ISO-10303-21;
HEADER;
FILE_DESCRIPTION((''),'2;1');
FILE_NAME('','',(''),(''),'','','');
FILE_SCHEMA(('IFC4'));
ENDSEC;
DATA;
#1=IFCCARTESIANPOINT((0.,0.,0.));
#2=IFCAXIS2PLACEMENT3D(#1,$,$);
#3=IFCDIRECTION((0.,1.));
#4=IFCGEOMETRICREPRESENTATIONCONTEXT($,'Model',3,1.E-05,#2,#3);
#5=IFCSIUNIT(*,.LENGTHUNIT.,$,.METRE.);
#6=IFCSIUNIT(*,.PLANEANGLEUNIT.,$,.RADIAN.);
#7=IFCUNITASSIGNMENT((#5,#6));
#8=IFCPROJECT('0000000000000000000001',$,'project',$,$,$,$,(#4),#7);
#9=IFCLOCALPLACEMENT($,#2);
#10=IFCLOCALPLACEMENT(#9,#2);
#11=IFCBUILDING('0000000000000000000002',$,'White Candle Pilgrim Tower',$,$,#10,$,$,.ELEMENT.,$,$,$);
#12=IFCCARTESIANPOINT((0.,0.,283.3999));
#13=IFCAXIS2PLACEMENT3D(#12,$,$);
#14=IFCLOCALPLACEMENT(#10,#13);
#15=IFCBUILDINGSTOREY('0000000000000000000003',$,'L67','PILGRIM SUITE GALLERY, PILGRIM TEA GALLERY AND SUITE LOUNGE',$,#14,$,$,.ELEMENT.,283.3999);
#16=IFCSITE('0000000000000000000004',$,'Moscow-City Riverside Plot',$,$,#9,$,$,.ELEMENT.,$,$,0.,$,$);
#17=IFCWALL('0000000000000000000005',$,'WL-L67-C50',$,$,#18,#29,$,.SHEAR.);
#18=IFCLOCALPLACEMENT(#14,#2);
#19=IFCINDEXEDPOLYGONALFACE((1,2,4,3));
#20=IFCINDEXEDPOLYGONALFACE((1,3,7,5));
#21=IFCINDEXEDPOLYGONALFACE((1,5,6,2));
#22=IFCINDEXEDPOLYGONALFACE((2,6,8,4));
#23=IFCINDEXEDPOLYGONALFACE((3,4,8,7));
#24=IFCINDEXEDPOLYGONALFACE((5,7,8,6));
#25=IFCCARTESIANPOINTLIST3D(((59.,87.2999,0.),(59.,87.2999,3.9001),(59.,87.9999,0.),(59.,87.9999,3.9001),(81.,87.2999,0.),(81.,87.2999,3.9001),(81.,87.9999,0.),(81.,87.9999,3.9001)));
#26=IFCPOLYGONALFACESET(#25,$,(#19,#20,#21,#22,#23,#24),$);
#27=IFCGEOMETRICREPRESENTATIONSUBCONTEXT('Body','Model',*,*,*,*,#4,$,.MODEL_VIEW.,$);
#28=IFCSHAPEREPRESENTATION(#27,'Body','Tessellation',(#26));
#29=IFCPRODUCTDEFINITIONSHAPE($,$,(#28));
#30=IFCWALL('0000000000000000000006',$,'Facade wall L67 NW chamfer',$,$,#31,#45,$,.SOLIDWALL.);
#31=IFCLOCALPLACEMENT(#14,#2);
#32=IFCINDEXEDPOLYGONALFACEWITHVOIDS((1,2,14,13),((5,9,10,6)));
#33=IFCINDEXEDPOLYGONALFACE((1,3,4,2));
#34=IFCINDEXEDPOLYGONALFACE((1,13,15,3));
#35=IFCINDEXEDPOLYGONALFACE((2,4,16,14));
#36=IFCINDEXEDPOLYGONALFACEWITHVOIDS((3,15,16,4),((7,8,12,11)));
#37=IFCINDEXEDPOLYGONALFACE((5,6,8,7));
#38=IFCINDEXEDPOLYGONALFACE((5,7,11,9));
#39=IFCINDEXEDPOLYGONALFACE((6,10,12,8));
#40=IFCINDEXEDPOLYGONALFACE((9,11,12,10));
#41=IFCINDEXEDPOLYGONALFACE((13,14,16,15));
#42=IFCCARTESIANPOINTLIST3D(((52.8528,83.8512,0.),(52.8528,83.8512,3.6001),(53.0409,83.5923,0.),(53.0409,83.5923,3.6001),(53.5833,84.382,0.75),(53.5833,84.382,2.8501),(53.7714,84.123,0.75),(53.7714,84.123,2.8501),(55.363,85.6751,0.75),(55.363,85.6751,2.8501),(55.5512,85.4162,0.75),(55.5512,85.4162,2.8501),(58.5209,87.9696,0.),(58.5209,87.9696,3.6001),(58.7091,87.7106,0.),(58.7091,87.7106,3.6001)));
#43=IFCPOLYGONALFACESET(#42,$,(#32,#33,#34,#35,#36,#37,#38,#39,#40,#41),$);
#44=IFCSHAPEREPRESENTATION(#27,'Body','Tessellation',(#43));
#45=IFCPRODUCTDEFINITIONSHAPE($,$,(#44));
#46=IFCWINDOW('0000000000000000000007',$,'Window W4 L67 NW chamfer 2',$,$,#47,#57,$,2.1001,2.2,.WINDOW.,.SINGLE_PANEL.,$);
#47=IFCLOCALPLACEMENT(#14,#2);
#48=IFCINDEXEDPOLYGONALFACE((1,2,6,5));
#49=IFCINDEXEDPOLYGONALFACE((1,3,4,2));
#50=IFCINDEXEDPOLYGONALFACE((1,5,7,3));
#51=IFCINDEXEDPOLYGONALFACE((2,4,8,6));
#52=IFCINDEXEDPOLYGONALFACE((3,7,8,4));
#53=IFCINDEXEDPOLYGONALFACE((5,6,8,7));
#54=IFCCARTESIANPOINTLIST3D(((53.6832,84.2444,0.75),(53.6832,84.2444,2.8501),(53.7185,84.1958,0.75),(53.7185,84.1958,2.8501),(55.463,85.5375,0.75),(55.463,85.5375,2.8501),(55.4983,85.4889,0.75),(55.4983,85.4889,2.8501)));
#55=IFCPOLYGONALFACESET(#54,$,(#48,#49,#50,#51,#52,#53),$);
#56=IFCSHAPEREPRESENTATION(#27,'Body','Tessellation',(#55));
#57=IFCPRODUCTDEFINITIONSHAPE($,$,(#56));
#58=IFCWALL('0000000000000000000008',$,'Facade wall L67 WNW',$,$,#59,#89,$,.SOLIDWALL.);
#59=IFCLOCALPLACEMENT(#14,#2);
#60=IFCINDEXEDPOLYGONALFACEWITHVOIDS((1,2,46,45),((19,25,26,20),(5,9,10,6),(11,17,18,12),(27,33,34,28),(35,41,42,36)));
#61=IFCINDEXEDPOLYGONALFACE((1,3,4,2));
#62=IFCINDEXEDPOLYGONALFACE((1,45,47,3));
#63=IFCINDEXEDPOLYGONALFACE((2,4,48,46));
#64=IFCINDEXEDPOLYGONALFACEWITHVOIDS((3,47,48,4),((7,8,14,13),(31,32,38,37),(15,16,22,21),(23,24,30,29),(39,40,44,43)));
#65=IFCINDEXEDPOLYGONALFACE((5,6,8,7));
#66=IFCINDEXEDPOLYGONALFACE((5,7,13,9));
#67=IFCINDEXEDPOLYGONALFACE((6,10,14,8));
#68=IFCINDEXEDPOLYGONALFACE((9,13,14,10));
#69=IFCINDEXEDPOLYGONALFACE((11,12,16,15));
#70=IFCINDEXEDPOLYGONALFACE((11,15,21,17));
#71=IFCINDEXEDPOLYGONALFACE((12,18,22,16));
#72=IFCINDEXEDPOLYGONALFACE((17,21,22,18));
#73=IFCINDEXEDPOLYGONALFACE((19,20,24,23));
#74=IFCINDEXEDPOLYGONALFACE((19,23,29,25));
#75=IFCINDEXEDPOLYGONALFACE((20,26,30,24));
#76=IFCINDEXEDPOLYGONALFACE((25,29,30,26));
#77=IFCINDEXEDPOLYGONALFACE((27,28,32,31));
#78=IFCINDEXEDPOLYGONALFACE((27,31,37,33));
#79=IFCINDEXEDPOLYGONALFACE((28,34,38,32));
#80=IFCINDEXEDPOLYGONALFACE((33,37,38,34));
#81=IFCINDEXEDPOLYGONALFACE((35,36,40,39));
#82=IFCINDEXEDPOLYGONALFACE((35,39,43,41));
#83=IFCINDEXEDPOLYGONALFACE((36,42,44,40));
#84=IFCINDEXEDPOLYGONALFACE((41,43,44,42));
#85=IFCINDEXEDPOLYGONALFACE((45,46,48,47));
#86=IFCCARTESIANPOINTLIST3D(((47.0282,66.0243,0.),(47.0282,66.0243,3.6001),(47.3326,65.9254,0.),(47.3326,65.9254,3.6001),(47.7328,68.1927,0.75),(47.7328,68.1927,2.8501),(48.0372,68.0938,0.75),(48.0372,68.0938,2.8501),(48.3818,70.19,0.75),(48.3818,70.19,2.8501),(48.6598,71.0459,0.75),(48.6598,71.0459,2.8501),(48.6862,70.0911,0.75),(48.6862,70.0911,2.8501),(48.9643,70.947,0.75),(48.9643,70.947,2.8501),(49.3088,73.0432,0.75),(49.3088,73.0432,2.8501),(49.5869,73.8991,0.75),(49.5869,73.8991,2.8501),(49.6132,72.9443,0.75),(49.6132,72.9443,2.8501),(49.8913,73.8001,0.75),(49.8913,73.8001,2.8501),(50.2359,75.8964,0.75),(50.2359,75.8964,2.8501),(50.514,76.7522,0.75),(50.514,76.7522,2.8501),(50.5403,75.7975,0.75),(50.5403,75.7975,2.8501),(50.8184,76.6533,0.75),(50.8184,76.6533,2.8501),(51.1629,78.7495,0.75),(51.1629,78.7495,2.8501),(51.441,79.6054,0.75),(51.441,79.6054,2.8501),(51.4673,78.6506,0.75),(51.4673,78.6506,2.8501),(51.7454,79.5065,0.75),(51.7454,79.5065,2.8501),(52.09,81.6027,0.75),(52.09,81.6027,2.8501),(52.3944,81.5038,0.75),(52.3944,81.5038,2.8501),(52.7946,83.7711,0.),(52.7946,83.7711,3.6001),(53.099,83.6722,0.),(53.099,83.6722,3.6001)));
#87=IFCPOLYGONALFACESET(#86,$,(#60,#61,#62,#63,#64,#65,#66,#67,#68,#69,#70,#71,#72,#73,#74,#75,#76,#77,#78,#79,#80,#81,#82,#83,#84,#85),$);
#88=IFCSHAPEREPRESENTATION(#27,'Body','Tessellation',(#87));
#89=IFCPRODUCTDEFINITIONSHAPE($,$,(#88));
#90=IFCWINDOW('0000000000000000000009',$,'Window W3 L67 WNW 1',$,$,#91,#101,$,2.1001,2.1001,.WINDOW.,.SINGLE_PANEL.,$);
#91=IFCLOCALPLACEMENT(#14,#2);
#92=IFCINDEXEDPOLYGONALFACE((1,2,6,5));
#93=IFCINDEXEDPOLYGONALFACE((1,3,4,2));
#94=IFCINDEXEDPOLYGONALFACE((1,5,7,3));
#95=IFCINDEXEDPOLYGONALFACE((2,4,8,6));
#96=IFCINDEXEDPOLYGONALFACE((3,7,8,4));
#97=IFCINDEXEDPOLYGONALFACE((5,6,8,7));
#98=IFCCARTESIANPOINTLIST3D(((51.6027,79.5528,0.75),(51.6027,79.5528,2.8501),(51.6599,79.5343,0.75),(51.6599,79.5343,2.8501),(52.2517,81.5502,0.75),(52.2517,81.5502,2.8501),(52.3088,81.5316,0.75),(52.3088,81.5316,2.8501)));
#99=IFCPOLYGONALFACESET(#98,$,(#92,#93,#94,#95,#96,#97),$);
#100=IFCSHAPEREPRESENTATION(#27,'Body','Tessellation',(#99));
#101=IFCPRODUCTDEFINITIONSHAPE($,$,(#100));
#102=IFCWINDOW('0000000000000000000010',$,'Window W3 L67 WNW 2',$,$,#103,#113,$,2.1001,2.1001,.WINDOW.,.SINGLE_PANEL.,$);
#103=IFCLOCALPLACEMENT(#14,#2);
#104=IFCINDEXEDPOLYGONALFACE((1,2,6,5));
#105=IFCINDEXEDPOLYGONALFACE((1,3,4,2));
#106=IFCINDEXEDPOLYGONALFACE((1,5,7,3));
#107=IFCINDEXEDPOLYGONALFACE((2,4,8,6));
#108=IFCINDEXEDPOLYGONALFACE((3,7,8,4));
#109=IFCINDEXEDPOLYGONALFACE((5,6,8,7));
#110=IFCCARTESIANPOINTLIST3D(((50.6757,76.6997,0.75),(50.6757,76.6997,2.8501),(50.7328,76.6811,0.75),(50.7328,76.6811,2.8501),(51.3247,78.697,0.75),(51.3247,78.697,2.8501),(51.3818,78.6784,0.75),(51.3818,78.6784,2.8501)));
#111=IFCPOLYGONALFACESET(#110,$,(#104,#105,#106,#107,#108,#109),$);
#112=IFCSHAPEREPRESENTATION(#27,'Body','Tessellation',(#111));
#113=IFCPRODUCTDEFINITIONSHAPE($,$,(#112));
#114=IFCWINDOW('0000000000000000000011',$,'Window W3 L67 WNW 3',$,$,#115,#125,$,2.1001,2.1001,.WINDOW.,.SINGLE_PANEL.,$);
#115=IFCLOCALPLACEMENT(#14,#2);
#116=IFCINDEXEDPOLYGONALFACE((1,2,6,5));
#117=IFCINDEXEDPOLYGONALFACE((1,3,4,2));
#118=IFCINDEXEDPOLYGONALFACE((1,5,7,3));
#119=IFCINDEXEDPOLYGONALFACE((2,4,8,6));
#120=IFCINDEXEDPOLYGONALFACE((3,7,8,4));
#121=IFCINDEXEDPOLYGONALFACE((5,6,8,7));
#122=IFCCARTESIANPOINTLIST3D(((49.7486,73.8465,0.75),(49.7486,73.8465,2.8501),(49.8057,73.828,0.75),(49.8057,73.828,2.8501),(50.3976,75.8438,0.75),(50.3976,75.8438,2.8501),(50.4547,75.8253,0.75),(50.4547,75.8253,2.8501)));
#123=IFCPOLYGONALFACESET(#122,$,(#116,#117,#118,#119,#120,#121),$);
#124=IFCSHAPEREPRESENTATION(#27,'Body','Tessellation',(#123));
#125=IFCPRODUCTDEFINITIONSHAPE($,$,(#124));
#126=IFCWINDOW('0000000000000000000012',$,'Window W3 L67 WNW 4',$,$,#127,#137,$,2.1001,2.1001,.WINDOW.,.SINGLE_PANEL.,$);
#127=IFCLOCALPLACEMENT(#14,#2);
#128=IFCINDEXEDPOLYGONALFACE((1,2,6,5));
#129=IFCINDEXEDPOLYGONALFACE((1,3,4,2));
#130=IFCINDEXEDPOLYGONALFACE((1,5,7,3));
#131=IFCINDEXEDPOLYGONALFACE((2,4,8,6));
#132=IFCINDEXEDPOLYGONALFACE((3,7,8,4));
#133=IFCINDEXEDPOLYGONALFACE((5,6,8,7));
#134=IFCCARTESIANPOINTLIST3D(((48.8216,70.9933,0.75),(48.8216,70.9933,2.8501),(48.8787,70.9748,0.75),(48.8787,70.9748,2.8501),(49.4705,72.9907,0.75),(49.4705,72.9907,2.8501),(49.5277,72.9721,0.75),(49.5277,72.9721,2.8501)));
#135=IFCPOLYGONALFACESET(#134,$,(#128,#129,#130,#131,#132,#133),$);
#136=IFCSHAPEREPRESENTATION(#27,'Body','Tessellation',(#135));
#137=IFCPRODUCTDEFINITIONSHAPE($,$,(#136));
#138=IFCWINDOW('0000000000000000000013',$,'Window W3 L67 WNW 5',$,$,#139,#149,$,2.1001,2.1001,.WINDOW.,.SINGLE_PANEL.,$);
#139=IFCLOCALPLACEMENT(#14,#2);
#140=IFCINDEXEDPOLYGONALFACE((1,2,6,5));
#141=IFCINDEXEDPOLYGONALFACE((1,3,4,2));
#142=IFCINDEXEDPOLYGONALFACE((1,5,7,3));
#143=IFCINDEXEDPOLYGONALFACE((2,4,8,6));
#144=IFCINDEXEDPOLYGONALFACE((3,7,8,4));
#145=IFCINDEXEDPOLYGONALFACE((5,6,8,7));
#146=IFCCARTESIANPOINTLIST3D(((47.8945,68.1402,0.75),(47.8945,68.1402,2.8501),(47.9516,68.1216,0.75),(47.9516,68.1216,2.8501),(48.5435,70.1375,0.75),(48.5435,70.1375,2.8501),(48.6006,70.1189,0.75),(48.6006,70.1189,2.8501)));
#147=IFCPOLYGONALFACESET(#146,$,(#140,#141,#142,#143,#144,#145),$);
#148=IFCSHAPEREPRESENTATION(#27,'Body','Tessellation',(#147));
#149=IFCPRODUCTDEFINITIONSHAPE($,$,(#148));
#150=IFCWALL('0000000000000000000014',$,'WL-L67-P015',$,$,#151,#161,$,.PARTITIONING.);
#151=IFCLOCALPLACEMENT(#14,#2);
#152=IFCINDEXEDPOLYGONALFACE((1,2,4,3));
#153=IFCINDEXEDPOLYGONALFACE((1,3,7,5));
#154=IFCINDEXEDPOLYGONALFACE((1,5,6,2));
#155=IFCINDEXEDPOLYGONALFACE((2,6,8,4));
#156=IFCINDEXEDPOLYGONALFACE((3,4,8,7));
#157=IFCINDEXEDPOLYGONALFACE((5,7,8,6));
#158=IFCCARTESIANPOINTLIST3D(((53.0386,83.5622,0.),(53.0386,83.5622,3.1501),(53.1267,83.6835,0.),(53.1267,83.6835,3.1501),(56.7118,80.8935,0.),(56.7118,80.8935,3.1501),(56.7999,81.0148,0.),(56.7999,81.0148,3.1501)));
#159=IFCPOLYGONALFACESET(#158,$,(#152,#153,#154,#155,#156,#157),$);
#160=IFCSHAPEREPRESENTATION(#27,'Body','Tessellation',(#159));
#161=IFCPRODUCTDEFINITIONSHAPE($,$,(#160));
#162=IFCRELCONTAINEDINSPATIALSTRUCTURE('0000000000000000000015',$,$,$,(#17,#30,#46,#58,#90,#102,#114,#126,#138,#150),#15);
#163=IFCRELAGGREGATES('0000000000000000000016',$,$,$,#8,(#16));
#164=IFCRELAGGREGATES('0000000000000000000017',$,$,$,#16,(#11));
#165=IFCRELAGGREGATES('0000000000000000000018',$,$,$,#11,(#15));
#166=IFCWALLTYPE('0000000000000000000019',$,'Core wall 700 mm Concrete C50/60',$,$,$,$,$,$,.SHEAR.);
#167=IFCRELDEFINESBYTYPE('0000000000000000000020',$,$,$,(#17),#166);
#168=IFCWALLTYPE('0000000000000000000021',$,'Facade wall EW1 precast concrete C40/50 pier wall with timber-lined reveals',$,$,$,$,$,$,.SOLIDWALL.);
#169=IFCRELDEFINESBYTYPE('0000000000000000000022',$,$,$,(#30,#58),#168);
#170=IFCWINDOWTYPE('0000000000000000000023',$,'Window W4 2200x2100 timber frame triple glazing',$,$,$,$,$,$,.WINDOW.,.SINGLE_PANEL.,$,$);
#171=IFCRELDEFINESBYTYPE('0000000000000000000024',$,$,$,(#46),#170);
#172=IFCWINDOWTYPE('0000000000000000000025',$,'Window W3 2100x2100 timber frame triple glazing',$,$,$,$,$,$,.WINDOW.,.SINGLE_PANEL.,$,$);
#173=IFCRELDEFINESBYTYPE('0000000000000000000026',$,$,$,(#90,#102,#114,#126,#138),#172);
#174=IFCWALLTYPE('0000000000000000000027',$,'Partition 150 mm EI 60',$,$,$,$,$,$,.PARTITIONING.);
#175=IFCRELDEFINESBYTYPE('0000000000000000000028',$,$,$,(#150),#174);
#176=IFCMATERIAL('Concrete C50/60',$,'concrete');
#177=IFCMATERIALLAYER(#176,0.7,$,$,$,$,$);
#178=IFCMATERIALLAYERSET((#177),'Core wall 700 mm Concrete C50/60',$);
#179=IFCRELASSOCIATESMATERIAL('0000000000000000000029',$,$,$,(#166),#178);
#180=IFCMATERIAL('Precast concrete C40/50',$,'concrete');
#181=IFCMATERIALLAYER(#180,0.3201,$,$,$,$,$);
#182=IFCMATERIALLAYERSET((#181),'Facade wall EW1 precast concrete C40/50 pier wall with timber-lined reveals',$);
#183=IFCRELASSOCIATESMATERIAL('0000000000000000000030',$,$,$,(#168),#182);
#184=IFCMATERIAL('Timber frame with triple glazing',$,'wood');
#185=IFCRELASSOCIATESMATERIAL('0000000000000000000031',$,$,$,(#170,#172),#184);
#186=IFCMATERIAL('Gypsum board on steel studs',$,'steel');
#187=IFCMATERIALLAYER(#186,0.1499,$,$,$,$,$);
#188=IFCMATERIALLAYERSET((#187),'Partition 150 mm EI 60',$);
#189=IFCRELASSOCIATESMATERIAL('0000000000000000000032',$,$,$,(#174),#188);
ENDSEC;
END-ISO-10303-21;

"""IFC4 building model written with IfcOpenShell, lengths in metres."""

from ifc_helpers import new_model, si_unit, direction, frame, frame_2d, origin, place, context, subcontext, project, spatial, rectangle, extrude, material, layer, layer_set, type_object, element, fill, save


model = new_model("IFC4")

# Units and contexts
model_context = context("Model", 3, precision=1e-05, world=origin(), true_north=direction((0.0, 1.0)))
body_context = subcontext(model_context, "Body", "Model", "MODEL_VIEW")
ifc_project = project(units=[si_unit("LENGTHUNIT", "METRE"), si_unit("PLANEANGLEUNIT", "RADIAN")], contexts=[model_context])

# Site, building, storey
site_placement = place(None, origin())
site = spatial("IfcSite", under=ifc_project, at=site_placement, Name="Moscow-City Riverside Plot", CompositionType="ELEMENT", RefElevation=0.0)
building_placement = place(site_placement, origin())
building = spatial("IfcBuilding", under=site, at=building_placement, Name="White Candle Pilgrim Tower", CompositionType="ELEMENT")
storey_placement = place(building_placement, frame((0.0, 0.0, 283.3999)))
storey = spatial("IfcBuildingStorey", under=building, at=storey_placement, Name="L67", Description="PILGRIM SUITE GALLERY, PILGRIM TEA GALLERY AND SUITE LOUNGE", CompositionType="ELEMENT", Elevation=283.3999)

# Shared definitions
ifc_material_1 = material(Name="Concrete C50/60", Category="concrete")

# Wall
ifc_layer_1 = layer(ifc_material_1, 0.7)
ifc_layer_set_1 = layer_set([ifc_layer_1], Name="Core wall 700 mm Concrete C50/60")
wall_type_1 = type_object("IfcWallType", Name="Core wall 700 mm Concrete C50/60", PredefinedType="SHEAR", material=ifc_layer_set_1)
wall_1_placement = place(storey_placement, frame((59.0, 87.6499, 0.0), z_axis=(0.0, 0.0, 1.0), x_axis=(1.0, 0.0, 0.0)))
element("IfcWall", 1, at=wall_1_placement, inside=storey, type_object=wall_type_1, Name="WL-L67-C50", PredefinedType="SHEAR", context=body_context, shape_type="SweptSolid", body=[
    extrude(rectangle(XDim=22.0, YDim=0.7, at=frame_2d((11.0, 0.0))), origin(), (0.0, 0.0, 1.0), 3.9001),
])

# Wall, opening, window
ifc_material_2 = material(Name="Precast concrete C40/50", Category="concrete")
ifc_layer_2 = layer(ifc_material_2, 0.3201)
ifc_layer_set_2 = layer_set([ifc_layer_2], Name="Facade wall EW1 precast concrete C40/50 pier wall with timber-lined reveals")
wall_type_2 = type_object("IfcWallType", Name="Facade wall EW1 precast concrete C40/50 pier wall with timber-lined reveals", PredefinedType="SOLIDWALL", material=ifc_layer_set_2)
wall_2_placement = place(storey_placement, frame((58.615, 87.8401, 0.0), z_axis=(0.0, 0.0, 1.0), x_axis=(-0.809003, -0.587805, 0.0)))
wall_2 = element("IfcWall", 2, at=wall_2_placement, inside=storey, type_object=wall_type_2, Name="Facade wall L67 NW chamfer", PredefinedType="SOLIDWALL", context=body_context, shape_type="SweptSolid", body=[
    extrude(rectangle(XDim=7.0063, YDim=0.3201, at=frame_2d((3.5032, 0.0))), origin(), (0.0, 0.0, 1.0), 3.6001),
])
opening_1_placement = place(wall_2_placement, frame((3.9033, 0.0, 0.75)))
opening_1 = element("IfcOpeningElement", 3, at=opening_1_placement, cuts=wall_2, PredefinedType="OPENING", context=body_context, shape_type="SweptSolid", body=[
    extrude(rectangle(XDim=2.2, YDim=2.1001, at=frame_2d((1.1001, 1.05))), frame((0.0, 0.1699, 0.0), z_axis=(0.0, -1.0, 0.0), x_axis=(1.0, 0.0, 0.0)), (0.0, 0.0, 1.0), 0.3401),
])
ifc_material_3 = material(Name="Timber frame with triple glazing", Category="wood")
window_type_1 = type_object("IfcWindowType", Name="Window W4 2200x2100 timber frame triple glazing", PartitioningType="SINGLE_PANEL", PredefinedType="WINDOW", material=ifc_material_3)
window_1_placement = place(opening_1_placement, origin())
window_1 = element("IfcWindow", 4, at=window_1_placement, inside=storey, type_object=window_type_1, Name="Window W4 L67 NW chamfer 2", OverallHeight=2.1001, OverallWidth=2.2, PartitioningType="SINGLE_PANEL", PredefinedType="WINDOW", context=body_context, shape_type="SweptSolid", body=[
    extrude(rectangle(XDim=2.2, YDim=2.1001, at=frame_2d((1.1001, 1.05))), frame((0.0, 0.0701, 0.0), z_axis=(0.0, -1.0, 0.0), x_axis=(1.0, 0.0, 0.0)), (0.0, 0.0, 1.0), 0.0601),
])
fill(opening_1, window_1)

# Wall, openings, windows
wall_3_placement = place(storey_placement, frame((52.9468, 83.7217, 0.0), z_axis=(0.0, 0.0, 1.0), x_axis=(-0.30902, -0.951056, 0.0)))
wall_3 = element("IfcWall", 5, at=wall_3_placement, inside=storey, type_object=wall_type_2, Name="Facade wall L67 WNW", PredefinedType="SOLIDWALL", context=body_context, shape_type="SweptSolid", body=[
    extrude(rectangle(XDim=18.6602, YDim=0.3201, at=frame_2d((9.3301, 0.0))), origin(), (0.0, 0.0, 1.0), 3.6001),
])
opening_2_placement = place(wall_3_placement, frame((2.28, 0.0, 0.75)))
opening_2 = element("IfcOpeningElement", 6, at=opening_2_placement, cuts=wall_3, PredefinedType="OPENING", context=body_context, shape_type="SweptSolid", body=[
    extrude(rectangle(XDim=2.1001, YDim=2.1001, at=frame_2d((1.05, 1.05))), frame((0.0, 0.1699, 0.0), z_axis=(0.0, -1.0, 0.0), x_axis=(1.0, 0.0, 0.0)), (0.0, 0.0, 1.0), 0.3401),
])
opening_3_placement = place(wall_3_placement, frame((5.28, 0.0, 0.75)))
opening_3 = element("IfcOpeningElement", 7, at=opening_3_placement, cuts=wall_3, PredefinedType="OPENING", context=body_context, shape_type="SweptSolid", body=[
    extrude(rectangle(XDim=2.1001, YDim=2.1001, at=frame_2d((1.05, 1.05))), frame((0.0, 0.1699, 0.0), z_axis=(0.0, -1.0, 0.0), x_axis=(1.0, 0.0, 0.0)), (0.0, 0.0, 1.0), 0.3401),
])
opening_4_placement = place(wall_3_placement, frame((8.28, 0.0, 0.75)))
opening_4 = element("IfcOpeningElement", 8, at=opening_4_placement, cuts=wall_3, PredefinedType="OPENING", context=body_context, shape_type="SweptSolid", body=[
    extrude(rectangle(XDim=2.1001, YDim=2.1001, at=frame_2d((1.05, 1.05))), frame((0.0, 0.1699, 0.0), z_axis=(0.0, -1.0, 0.0), x_axis=(1.0, 0.0, 0.0)), (0.0, 0.0, 1.0), 0.3401),
])
opening_5_placement = place(wall_3_placement, frame((11.28, 0.0, 0.75)))
opening_5 = element("IfcOpeningElement", 9, at=opening_5_placement, cuts=wall_3, PredefinedType="OPENING", context=body_context, shape_type="SweptSolid", body=[
    extrude(rectangle(XDim=2.1001, YDim=2.1001, at=frame_2d((1.05, 1.05))), frame((0.0, 0.1699, 0.0), z_axis=(0.0, -1.0, 0.0), x_axis=(1.0, 0.0, 0.0)), (0.0, 0.0, 1.0), 0.3401),
])
opening_6_placement = place(wall_3_placement, frame((14.28, 0.0, 0.75)))
opening_6 = element("IfcOpeningElement", 10, at=opening_6_placement, cuts=wall_3, PredefinedType="OPENING", context=body_context, shape_type="SweptSolid", body=[
    extrude(rectangle(XDim=2.1001, YDim=2.1001, at=frame_2d((1.05, 1.05))), frame((0.0, 0.1699, 0.0), z_axis=(0.0, -1.0, 0.0), x_axis=(1.0, 0.0, 0.0)), (0.0, 0.0, 1.0), 0.3401),
])
window_type_2 = type_object("IfcWindowType", Name="Window W3 2100x2100 timber frame triple glazing", PartitioningType="SINGLE_PANEL", PredefinedType="WINDOW", material=ifc_material_3)
window_2_placement = place(opening_2_placement, origin())
window_2 = element("IfcWindow", 11, at=window_2_placement, inside=storey, type_object=window_type_2, Name="Window W3 L67 WNW 1", OverallHeight=2.1001, OverallWidth=2.1001, PartitioningType="SINGLE_PANEL", PredefinedType="WINDOW", context=body_context, shape_type="SweptSolid", body=[
    extrude(rectangle(XDim=2.1001, YDim=2.1001, at=frame_2d((1.05, 1.05))), frame((0.0, 0.0701, 0.0), z_axis=(0.0, -1.0, 0.0), x_axis=(1.0, 0.0, 0.0)), (0.0, 0.0, 1.0), 0.0601),
])
fill(opening_2, window_2)
window_3_placement = place(opening_3_placement, origin())
window_3 = element("IfcWindow", 12, at=window_3_placement, inside=storey, type_object=window_type_2, Name="Window W3 L67 WNW 2", OverallHeight=2.1001, OverallWidth=2.1001, PartitioningType="SINGLE_PANEL", PredefinedType="WINDOW", context=body_context, shape_type="SweptSolid", body=[
    extrude(rectangle(XDim=2.1001, YDim=2.1001, at=frame_2d((1.05, 1.05))), frame((0.0, 0.0701, 0.0), z_axis=(0.0, -1.0, 0.0), x_axis=(1.0, 0.0, 0.0)), (0.0, 0.0, 1.0), 0.0601),
])
fill(opening_3, window_3)
window_4_placement = place(opening_4_placement, origin())
window_4 = element("IfcWindow", 13, at=window_4_placement, inside=storey, type_object=window_type_2, Name="Window W3 L67 WNW 3", OverallHeight=2.1001, OverallWidth=2.1001, PartitioningType="SINGLE_PANEL", PredefinedType="WINDOW", context=body_context, shape_type="SweptSolid", body=[
    extrude(rectangle(XDim=2.1001, YDim=2.1001, at=frame_2d((1.05, 1.05))), frame((0.0, 0.0701, 0.0), z_axis=(0.0, -1.0, 0.0), x_axis=(1.0, 0.0, 0.0)), (0.0, 0.0, 1.0), 0.0601),
])
fill(opening_4, window_4)
window_5_placement = place(opening_5_placement, origin())
window_5 = element("IfcWindow", 14, at=window_5_placement, inside=storey, type_object=window_type_2, Name="Window W3 L67 WNW 4", OverallHeight=2.1001, OverallWidth=2.1001, PartitioningType="SINGLE_PANEL", PredefinedType="WINDOW", context=body_context, shape_type="SweptSolid", body=[
    extrude(rectangle(XDim=2.1001, YDim=2.1001, at=frame_2d((1.05, 1.05))), frame((0.0, 0.0701, 0.0), z_axis=(0.0, -1.0, 0.0), x_axis=(1.0, 0.0, 0.0)), (0.0, 0.0, 1.0), 0.0601),
])
fill(opening_5, window_5)
window_6_placement = place(opening_6_placement, origin())
window_6 = element("IfcWindow", 15, at=window_6_placement, inside=storey, type_object=window_type_2, Name="Window W3 L67 WNW 5", OverallHeight=2.1001, OverallWidth=2.1001, PartitioningType="SINGLE_PANEL", PredefinedType="WINDOW", context=body_context, shape_type="SweptSolid", body=[
    extrude(rectangle(XDim=2.1001, YDim=2.1001, at=frame_2d((1.05, 1.05))), frame((0.0, 0.0701, 0.0), z_axis=(0.0, -1.0, 0.0), x_axis=(1.0, 0.0, 0.0)), (0.0, 0.0, 1.0), 0.0601),
])
fill(opening_6, window_6)

# Wall
ifc_material_4 = material(Name="Gypsum board on steel studs", Category="steel")
ifc_layer_3 = layer(ifc_material_4, 0.1499)
ifc_layer_set_3 = layer_set([ifc_layer_3], Name="Partition 150 mm EI 60")
wall_type_3 = type_object("IfcWallType", Name="Partition 150 mm EI 60", PredefinedType="PARTITIONING", material=ifc_layer_set_3)
wall_4_placement = place(storey_placement, frame((53.0828, 83.6228, 0.0), z_axis=(0.0, 0.0, 1.0), x_axis=(0.809013, -0.587791, 0.0)))
element("IfcWall", 16, at=wall_4_placement, inside=storey, type_object=wall_type_3, Name="WL-L67-P015", PredefinedType="PARTITIONING", context=body_context, shape_type="SweptSolid", body=[
    extrude(rectangle(XDim=4.5403, YDim=0.1499, at=frame_2d((2.27, 0.0))), origin(), (0.0, 0.0, 1.0), 3.1501),
])

save(model, "model.ifc")
